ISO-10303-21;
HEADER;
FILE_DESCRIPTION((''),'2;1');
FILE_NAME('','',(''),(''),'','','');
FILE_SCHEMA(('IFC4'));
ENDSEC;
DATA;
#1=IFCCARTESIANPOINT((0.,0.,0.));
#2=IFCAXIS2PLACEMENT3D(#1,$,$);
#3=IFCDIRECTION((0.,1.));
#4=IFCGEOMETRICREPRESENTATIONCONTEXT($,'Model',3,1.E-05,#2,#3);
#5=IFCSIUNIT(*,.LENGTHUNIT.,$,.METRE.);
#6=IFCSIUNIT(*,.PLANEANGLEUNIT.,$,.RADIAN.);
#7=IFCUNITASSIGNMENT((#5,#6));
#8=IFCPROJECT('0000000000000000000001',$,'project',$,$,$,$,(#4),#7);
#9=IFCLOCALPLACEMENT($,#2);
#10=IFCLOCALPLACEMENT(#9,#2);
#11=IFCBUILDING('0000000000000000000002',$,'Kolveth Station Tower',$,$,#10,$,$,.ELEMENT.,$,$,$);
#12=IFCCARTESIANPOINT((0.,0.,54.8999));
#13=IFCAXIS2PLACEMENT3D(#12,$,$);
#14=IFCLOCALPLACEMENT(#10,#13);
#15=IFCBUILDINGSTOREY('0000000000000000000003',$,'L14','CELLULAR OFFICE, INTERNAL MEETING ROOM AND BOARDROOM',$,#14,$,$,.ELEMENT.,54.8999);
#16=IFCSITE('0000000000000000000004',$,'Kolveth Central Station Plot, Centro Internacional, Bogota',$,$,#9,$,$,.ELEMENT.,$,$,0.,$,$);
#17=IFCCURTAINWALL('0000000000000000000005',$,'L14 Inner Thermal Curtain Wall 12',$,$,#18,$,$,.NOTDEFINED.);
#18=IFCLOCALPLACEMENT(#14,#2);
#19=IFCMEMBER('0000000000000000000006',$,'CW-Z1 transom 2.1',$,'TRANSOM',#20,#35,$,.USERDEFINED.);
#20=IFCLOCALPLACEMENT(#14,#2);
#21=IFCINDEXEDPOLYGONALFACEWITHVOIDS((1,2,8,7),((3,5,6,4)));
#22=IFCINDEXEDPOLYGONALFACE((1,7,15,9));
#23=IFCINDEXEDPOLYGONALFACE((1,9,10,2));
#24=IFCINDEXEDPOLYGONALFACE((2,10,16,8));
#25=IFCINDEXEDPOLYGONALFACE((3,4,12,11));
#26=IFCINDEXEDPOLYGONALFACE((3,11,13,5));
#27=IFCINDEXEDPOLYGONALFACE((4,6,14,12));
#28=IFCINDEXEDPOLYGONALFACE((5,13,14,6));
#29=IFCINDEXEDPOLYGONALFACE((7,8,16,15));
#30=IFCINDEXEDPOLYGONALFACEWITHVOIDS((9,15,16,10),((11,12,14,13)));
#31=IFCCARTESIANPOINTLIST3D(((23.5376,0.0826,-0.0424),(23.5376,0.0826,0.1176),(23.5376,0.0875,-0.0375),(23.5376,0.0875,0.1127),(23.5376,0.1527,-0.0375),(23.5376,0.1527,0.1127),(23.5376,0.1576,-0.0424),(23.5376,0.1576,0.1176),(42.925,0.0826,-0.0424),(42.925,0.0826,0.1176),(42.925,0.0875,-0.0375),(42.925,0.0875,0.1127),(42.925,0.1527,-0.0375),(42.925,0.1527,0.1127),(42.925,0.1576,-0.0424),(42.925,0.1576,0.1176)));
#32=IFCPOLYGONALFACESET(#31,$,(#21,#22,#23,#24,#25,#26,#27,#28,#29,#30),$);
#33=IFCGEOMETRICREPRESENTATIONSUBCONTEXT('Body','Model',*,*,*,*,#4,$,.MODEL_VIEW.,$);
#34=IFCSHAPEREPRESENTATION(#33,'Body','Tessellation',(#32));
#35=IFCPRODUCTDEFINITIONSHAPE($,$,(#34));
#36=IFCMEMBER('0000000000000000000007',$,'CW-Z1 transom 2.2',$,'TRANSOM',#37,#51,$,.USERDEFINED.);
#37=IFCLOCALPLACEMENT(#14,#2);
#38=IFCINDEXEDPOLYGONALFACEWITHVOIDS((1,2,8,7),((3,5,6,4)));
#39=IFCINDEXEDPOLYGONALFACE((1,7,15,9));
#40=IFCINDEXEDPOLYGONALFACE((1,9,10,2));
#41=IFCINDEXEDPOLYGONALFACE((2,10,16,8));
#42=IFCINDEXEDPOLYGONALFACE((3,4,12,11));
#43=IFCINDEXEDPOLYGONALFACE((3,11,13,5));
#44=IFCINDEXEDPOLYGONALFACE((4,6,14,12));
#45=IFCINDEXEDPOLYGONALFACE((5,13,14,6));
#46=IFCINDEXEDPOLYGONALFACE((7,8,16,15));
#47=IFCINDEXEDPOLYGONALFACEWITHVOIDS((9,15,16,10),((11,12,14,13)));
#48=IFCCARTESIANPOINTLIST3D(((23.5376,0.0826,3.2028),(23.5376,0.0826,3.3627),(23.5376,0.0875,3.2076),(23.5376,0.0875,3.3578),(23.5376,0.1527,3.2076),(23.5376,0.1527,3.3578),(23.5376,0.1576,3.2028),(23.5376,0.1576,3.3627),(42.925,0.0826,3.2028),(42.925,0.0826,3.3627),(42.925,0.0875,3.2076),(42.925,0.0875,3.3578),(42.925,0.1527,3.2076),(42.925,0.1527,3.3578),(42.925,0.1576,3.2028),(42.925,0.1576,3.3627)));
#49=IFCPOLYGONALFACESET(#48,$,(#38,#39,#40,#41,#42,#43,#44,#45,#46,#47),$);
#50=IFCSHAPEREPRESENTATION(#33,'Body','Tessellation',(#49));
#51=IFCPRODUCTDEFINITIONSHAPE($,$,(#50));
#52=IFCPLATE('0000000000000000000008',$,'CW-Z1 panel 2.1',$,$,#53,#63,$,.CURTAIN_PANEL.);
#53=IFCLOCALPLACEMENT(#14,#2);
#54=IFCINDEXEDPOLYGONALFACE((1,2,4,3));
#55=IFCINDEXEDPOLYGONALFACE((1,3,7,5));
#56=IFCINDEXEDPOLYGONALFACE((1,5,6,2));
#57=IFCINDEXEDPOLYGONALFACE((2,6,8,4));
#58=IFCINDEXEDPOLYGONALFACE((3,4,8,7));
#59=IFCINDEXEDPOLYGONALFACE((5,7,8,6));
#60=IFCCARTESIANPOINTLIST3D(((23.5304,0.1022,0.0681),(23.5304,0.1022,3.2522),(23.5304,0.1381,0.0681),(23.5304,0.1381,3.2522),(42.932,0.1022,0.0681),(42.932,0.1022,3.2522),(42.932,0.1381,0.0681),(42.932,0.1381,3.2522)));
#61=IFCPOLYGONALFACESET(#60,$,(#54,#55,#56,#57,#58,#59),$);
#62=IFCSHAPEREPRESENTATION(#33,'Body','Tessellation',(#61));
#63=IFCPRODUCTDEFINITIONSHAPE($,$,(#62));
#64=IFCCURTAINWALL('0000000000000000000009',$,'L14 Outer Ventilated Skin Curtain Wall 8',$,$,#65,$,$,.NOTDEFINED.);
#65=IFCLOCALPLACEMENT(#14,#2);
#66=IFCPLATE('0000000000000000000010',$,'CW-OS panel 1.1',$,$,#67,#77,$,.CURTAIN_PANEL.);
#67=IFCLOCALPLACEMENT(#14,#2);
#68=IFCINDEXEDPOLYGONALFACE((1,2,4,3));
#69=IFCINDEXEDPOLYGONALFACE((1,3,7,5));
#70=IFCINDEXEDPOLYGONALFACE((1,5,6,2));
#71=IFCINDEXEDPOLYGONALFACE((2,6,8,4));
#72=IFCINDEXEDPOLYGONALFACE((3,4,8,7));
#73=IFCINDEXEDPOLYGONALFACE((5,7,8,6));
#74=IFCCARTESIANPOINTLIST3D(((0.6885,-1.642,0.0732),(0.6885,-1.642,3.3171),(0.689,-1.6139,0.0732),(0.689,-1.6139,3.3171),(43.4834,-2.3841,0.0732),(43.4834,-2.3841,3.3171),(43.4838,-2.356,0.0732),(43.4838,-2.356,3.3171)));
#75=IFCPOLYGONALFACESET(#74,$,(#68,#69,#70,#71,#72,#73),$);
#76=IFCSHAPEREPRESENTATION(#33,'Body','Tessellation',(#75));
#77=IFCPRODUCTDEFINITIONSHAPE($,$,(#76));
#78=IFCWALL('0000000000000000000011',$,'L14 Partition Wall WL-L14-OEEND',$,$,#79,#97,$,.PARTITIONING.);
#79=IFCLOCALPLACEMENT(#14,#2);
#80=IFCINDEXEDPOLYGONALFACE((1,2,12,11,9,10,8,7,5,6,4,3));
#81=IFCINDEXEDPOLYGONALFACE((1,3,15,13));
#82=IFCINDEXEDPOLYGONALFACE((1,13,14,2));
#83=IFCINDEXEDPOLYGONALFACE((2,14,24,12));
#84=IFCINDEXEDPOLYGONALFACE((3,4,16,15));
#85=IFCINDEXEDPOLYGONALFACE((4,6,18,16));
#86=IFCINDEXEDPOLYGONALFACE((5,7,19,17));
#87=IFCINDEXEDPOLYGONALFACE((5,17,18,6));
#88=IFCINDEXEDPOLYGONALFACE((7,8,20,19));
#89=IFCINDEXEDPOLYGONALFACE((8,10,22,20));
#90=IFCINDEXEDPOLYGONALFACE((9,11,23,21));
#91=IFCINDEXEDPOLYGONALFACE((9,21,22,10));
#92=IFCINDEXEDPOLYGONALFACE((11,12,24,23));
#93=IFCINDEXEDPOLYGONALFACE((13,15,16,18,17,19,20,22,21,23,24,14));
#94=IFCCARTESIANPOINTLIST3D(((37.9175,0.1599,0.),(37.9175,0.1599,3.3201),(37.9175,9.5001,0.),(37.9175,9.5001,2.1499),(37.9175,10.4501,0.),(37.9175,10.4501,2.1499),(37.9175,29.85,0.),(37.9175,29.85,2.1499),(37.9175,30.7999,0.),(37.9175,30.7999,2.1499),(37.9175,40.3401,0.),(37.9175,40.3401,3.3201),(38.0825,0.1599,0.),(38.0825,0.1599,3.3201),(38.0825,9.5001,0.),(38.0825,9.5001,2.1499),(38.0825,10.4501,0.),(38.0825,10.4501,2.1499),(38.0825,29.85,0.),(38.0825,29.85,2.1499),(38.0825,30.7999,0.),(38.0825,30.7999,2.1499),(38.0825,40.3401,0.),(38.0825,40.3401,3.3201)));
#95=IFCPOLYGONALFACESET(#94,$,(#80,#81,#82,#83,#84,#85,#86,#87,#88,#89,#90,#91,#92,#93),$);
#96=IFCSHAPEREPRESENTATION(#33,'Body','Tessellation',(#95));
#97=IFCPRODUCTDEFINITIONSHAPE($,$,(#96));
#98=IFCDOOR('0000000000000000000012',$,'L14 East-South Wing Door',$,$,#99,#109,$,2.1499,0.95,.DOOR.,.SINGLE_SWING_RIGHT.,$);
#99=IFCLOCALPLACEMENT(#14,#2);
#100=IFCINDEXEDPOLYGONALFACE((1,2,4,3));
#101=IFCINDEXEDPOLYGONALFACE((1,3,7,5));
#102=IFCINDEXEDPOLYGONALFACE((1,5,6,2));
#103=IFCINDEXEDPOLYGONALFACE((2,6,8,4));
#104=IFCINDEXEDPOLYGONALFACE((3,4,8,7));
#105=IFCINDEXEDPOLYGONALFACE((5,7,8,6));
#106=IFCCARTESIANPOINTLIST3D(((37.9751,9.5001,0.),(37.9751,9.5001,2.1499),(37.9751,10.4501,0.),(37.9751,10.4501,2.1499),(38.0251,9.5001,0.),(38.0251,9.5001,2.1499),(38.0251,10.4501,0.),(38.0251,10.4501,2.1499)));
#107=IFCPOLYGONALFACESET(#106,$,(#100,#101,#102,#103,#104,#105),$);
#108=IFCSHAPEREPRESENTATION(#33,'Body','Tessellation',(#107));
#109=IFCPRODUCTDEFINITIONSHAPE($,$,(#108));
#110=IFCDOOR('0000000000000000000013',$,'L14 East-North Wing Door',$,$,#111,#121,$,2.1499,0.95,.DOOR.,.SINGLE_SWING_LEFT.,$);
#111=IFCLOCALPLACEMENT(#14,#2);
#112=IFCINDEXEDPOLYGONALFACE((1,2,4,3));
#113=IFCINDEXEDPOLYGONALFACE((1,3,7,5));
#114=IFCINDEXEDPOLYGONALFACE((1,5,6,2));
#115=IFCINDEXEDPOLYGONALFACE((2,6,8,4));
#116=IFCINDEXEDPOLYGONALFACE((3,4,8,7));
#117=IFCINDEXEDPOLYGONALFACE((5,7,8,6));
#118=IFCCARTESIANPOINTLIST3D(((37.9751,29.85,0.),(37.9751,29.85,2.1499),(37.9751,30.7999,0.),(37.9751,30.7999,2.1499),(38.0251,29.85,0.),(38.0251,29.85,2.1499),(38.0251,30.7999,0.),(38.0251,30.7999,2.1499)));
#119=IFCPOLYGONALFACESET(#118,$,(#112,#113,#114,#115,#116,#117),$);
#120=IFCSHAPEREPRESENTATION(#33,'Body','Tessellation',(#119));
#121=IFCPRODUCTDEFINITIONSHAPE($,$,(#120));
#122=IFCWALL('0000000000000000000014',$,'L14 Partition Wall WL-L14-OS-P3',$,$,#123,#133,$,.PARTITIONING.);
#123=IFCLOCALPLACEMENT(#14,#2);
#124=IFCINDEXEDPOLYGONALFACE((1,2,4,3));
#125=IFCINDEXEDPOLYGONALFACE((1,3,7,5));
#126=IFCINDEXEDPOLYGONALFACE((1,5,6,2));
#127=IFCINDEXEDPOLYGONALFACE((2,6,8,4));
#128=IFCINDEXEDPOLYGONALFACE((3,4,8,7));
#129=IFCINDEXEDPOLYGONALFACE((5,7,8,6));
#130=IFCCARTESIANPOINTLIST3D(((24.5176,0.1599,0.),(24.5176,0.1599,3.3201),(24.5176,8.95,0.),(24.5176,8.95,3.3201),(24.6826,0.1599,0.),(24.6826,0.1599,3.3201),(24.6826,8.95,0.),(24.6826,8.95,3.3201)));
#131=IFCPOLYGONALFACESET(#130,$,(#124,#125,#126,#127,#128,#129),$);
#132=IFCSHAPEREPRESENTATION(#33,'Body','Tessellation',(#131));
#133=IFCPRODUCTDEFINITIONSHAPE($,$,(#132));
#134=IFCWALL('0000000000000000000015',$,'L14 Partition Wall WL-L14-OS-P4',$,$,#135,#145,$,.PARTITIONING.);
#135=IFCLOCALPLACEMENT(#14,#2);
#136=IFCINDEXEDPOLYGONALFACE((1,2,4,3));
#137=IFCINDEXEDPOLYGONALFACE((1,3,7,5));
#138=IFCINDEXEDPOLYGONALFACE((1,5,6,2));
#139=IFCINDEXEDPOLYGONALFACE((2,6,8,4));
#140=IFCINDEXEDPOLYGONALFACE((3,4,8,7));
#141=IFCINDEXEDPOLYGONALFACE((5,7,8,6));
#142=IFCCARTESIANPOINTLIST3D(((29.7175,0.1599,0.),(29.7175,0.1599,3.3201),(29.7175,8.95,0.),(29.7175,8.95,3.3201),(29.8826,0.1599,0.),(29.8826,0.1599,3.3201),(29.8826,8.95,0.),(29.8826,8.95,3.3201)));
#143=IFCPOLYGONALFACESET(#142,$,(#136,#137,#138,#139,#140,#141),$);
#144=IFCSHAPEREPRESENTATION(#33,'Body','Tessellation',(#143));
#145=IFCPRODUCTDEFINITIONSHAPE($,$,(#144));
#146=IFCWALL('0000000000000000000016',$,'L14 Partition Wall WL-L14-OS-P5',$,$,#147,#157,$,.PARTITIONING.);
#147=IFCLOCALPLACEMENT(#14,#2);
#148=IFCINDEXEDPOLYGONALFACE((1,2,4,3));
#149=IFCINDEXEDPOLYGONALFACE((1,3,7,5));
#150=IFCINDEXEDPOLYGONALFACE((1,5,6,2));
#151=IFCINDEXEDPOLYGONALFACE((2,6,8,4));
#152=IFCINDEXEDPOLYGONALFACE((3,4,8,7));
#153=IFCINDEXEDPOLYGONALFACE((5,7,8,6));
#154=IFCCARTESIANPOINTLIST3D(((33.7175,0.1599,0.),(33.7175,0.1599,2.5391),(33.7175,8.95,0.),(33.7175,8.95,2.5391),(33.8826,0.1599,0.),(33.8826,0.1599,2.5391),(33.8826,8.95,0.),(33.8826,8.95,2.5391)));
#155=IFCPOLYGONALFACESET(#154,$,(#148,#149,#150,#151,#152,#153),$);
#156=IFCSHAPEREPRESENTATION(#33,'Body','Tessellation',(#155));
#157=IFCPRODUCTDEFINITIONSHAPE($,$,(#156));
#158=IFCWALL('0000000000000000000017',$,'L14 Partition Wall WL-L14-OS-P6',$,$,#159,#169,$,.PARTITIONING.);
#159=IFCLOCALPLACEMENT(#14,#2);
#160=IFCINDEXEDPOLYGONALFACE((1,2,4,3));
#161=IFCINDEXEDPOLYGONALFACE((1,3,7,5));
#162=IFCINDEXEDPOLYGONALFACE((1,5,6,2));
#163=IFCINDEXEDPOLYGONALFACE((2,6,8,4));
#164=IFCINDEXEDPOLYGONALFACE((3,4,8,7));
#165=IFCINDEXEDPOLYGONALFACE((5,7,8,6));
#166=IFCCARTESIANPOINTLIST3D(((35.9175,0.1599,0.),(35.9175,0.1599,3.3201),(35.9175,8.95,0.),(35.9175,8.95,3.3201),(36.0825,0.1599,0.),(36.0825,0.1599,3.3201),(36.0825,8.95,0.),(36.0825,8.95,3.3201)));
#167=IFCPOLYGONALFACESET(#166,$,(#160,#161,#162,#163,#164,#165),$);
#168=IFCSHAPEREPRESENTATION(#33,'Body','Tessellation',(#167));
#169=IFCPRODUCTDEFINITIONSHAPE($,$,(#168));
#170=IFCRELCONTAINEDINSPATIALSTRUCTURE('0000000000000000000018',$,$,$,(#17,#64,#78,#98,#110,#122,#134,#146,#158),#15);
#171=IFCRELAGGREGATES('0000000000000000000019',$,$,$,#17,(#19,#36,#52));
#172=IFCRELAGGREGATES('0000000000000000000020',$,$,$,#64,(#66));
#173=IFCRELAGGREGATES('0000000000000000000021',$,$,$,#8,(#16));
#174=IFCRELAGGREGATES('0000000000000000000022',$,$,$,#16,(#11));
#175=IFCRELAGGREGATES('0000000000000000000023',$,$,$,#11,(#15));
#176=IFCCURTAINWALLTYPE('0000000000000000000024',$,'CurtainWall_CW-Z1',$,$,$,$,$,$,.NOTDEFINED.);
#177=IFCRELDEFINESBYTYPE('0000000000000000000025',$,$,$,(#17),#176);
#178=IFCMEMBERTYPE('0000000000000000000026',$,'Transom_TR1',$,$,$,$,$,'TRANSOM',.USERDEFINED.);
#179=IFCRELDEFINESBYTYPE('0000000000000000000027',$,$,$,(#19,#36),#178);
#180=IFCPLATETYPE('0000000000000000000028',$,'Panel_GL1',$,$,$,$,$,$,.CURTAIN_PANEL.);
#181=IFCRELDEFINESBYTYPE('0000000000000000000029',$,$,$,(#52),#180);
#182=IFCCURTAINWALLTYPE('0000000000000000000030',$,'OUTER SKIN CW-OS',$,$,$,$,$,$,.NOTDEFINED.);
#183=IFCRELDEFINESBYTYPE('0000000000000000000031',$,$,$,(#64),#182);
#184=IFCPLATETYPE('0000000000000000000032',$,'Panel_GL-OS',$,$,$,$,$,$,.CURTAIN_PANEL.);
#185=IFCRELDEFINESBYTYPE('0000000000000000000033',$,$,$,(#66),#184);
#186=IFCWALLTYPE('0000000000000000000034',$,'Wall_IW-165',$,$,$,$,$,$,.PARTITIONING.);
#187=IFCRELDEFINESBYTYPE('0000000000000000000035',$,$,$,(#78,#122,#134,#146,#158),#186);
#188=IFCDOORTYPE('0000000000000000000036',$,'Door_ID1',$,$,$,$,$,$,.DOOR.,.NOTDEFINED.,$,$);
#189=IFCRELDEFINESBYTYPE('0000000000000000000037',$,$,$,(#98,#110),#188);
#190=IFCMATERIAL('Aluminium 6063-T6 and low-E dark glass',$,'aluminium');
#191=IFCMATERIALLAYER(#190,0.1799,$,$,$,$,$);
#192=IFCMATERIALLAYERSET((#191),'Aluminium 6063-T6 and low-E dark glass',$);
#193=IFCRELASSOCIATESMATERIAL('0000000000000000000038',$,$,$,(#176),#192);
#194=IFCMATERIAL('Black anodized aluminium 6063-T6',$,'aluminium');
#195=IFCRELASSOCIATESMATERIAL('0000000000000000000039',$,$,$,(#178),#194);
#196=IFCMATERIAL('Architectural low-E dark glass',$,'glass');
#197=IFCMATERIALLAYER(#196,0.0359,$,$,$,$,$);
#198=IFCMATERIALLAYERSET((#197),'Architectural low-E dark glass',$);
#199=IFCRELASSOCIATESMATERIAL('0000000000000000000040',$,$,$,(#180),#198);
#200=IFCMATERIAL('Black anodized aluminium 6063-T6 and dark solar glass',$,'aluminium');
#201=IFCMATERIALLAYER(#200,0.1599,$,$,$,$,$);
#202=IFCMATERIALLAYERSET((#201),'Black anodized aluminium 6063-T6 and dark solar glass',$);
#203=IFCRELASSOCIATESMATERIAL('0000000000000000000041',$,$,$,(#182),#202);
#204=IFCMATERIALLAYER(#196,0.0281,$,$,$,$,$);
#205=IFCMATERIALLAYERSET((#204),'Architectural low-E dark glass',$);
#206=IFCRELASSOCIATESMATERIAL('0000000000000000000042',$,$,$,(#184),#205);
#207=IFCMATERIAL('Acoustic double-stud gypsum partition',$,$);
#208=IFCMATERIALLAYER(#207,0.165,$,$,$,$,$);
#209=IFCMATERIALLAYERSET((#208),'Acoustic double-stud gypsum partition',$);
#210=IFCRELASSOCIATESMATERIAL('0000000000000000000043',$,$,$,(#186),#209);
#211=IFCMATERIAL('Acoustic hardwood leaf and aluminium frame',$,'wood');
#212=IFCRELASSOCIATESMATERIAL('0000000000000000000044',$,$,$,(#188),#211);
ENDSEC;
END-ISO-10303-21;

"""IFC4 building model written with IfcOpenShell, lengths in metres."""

from ifc_helpers import new_model, si_unit, direction, frame, frame_2d, origin, origin_2d, place, context, subcontext, project, spatial, rectangle, hollow_rectangle, extrude, source, transform, mapped, material, layer, layer_set, material_profile, profile_set, type_object, element, fill, aggregate, save


model = new_model("IFC4")

# Units and contexts
model_context = context("Model", 3, precision=1e-05, world=origin(), true_north=direction((0.0, 1.0)))
body_context = subcontext(model_context, "Body", "Model", "MODEL_VIEW")
ifc_project = project(units=[si_unit("LENGTHUNIT", "METRE"), si_unit("PLANEANGLEUNIT", "RADIAN")], contexts=[model_context])

# Site, building, storey
site_placement = place(None, origin())
site = spatial("IfcSite", under=ifc_project, at=site_placement, Name="Kolveth Central Station Plot, Centro Internacional, Bogota", CompositionType="ELEMENT", RefElevation=0.0)
building_placement = place(site_placement, origin())
building = spatial("IfcBuilding", under=site, at=building_placement, Name="Kolveth Station Tower", CompositionType="ELEMENT")
storey_placement = place(building_placement, frame((0.0, 0.0, 54.8999)))
storey = spatial("IfcBuildingStorey", under=building, at=storey_placement, Name="L14", Description="CELLULAR OFFICE, INTERNAL MEETING ROOM AND BOARDROOM", CompositionType="ELEMENT", Elevation=54.8999)

# Curtain wall, members, plate
ifc_material_1 = material(Name="Aluminium 6063-T6 and low-E dark glass", Category="aluminium")
ifc_layer_1 = layer(ifc_material_1, 0.1799)
ifc_layer_set_1 = layer_set([ifc_layer_1], Name="Aluminium 6063-T6 and low-E dark glass")
curtain_wall_type_1 = type_object("IfcCurtainWallType", Name="CurtainWall_CW-Z1", PredefinedType="NOTDEFINED", material=ifc_layer_set_1)
curtain_wall_1_placement = place(storey_placement, origin())
curtain_wall_1 = element("IfcCurtainWall", 1, at=curtain_wall_1_placement, inside=storey, type_object=curtain_wall_type_1, Name="L14 Inner Thermal Curtain Wall 12", PredefinedType="NOTDEFINED")
ifc_material_2 = material(Name="Black anodized aluminium 6063-T6", Category="aluminium")
ifc_material_profile_1 = material_profile(ifc_material_2, hollow_rectangle(XDim=0.075, YDim=0.1599, WallThickness=0.0049, at=origin_2d()), Name="ALU-75x160x5")
ifc_profile_set_1 = profile_set([ifc_material_profile_1], Name="Black anodized aluminium 6063-T6")
member_type_1 = type_object("IfcMemberType", Name="Transom_TR1", ElementType="TRANSOM", PredefinedType="USERDEFINED", material=ifc_profile_set_1)
shared_shape_1 = source(origin(), body_context, "Body", "SweptSolid", [
    extrude(hollow_rectangle(XDim=0.075, YDim=0.1599, WallThickness=0.0049, at=origin_2d()), origin(), (0.0, 0.0, 1.0), 19.3875),
])
member_1_placement = place(storey_placement, frame((23.5376, 0.1201, 0.0376), z_axis=(1.0, 0.0, 0.0), x_axis=(0.0, 1.0, 0.0)))
member_1 = element("IfcMember", 2, at=member_1_placement, type_object=member_type_1, Name="CW-Z1 transom 2.1", ObjectType="TRANSOM", PredefinedType="USERDEFINED", context=body_context, shape_type="MappedRepresentation", body=[
    mapped(shared_shape_1, transform((0.0, 0.0, 0.0), x_axis=(1.0, 0.0, 0.0), y_axis=(0.0, 1.0, 0.0), z_axis=(0.0, 0.0, 1.0), scale=1.0)),
])
member_2_placement = place(storey_placement, frame((23.5376, 0.1201, 3.2827), z_axis=(1.0, 0.0, 0.0), x_axis=(0.0, 1.0, 0.0)))
member_2 = element("IfcMember", 3, at=member_2_placement, type_object=member_type_1, Name="CW-Z1 transom 2.2", ObjectType="TRANSOM", PredefinedType="USERDEFINED", context=body_context, shape_type="MappedRepresentation", body=[
    mapped(shared_shape_1, transform((0.0, 0.0, 0.0), x_axis=(1.0, 0.0, 0.0), y_axis=(0.0, 1.0, 0.0), z_axis=(0.0, 0.0, 1.0), scale=1.0)),
])
ifc_material_3 = material(Name="Architectural low-E dark glass", Category="glass")
ifc_layer_2 = layer(ifc_material_3, 0.0359)
ifc_layer_set_2 = layer_set([ifc_layer_2], Name="Architectural low-E dark glass")
plate_type_1 = type_object("IfcPlateType", Name="Panel_GL1", PredefinedType="CURTAIN_PANEL", material=ifc_layer_set_2)
shared_shape_2 = source(origin(), body_context, "Body", "SweptSolid", [
    extrude(rectangle(XDim=19.4016, YDim=0.0359, at=origin_2d()), origin(), (0.0, 0.0, 1.0), 3.1841),
])
plate_1_placement = place(storey_placement, frame((33.2312, 0.1201, 0.0681), z_axis=(0.0, 0.0, 1.0), x_axis=(1.0, 0.0, 0.0)))
plate_1 = element("IfcPlate", 4, at=plate_1_placement, type_object=plate_type_1, Name="CW-Z1 panel 2.1", PredefinedType="CURTAIN_PANEL", context=body_context, shape_type="MappedRepresentation", body=[
    mapped(shared_shape_2, transform((0.0, 0.0, 0.0), x_axis=(1.0, 0.0, 0.0), y_axis=(0.0, 1.0, 0.0), z_axis=(0.0, 0.0, 1.0), scale=1.0)),
])
aggregate(curtain_wall_1, [member_1, member_2, plate_1])

# Curtain wall, plate
ifc_material_4 = material(Name="Black anodized aluminium 6063-T6 and dark solar glass", Category="aluminium")
ifc_layer_3 = layer(ifc_material_4, 0.1599)
ifc_layer_set_3 = layer_set([ifc_layer_3], Name="Black anodized aluminium 6063-T6 and dark solar glass")
curtain_wall_type_2 = type_object("IfcCurtainWallType", Name="OUTER SKIN CW-OS", PredefinedType="NOTDEFINED", material=ifc_layer_set_3)
curtain_wall_2_placement = place(storey_placement, origin())
curtain_wall_2 = element("IfcCurtainWall", 5, at=curtain_wall_2_placement, inside=storey, type_object=curtain_wall_type_2, Name="L14 Outer Ventilated Skin Curtain Wall 8", PredefinedType="NOTDEFINED")
ifc_layer_4 = layer(ifc_material_3, 0.0281)
ifc_layer_set_4 = layer_set([ifc_layer_4], Name="Architectural low-E dark glass")
plate_type_2 = type_object("IfcPlateType", Name="Panel_GL-OS", PredefinedType="CURTAIN_PANEL", material=ifc_layer_set_4)
shared_shape_3 = source(origin(), body_context, "Body", "SweptSolid", [
    extrude(rectangle(XDim=42.8013, YDim=0.0281, at=origin_2d()), origin(), (0.0, 0.0, 1.0), 3.2439),
])
plate_2_placement = place(storey_placement, frame((22.0862, -1.999, 0.0732), z_axis=(0.0, 0.0, 1.0), x_axis=(0.99985, -0.017339, 0.0)))
plate_2 = element("IfcPlate", 6, at=plate_2_placement, type_object=plate_type_2, Name="CW-OS panel 1.1", PredefinedType="CURTAIN_PANEL", context=body_context, shape_type="MappedRepresentation", body=[
    mapped(shared_shape_3, transform((0.0, 0.0, 0.0), x_axis=(1.0, 0.0, 0.0), y_axis=(0.0, 1.0, 0.0), z_axis=(0.0, 0.0, 1.0), scale=1.0)),
])
aggregate(curtain_wall_2, [plate_2])

# Wall, openings, doors
ifc_material_5 = material(Name="Acoustic double-stud gypsum partition")
ifc_layer_5 = layer(ifc_material_5, 0.165)
ifc_layer_set_5 = layer_set([ifc_layer_5], Name="Acoustic double-stud gypsum partition")
wall_type = type_object("IfcWallType", Name="Wall_IW-165", PredefinedType="PARTITIONING", material=ifc_layer_set_5)
wall_1_placement = place(storey_placement, frame((38.0, 0.1599, 0.0), z_axis=(0.0, 0.0, 1.0), x_axis=(0.0, 1.0, 0.0)))
wall_1 = element("IfcWall", 7, at=wall_1_placement, inside=storey, type_object=wall_type, Name="L14 Partition Wall WL-L14-OEEND", PredefinedType="PARTITIONING", context=body_context, shape_type="SweptSolid", body=[
    extrude(rectangle(XDim=40.1802, YDim=0.165, at=frame_2d((20.0901, 0.0))), origin(), (0.0, 0.0, 1.0), 3.3201),
])
opening_1_placement = place(wall_1_placement, frame((9.3401, 0.0, 0.0)))
opening_1 = element("IfcOpeningElement", 8, at=opening_1_placement, cuts=wall_1, PredefinedType="OPENING", context=body_context, shape_type="SweptSolid", body=[
    extrude(rectangle(XDim=0.95, YDim=2.1499, at=frame_2d((0.4751, 1.075))), frame((0.0, 0.0925, 0.0), z_axis=(0.0, -1.0, 0.0), x_axis=(1.0, 0.0, 0.0)), (0.0, 0.0, 1.0), 0.1851),
])
opening_2_placement = place(wall_1_placement, frame((29.6899, 0.0, 0.0)))
opening_2 = element("IfcOpeningElement", 9, at=opening_2_placement, cuts=wall_1, PredefinedType="OPENING", context=body_context, shape_type="SweptSolid", body=[
    extrude(rectangle(XDim=0.95, YDim=2.1499, at=frame_2d((0.4751, 1.075))), frame((0.0, 0.0925, 0.0), z_axis=(0.0, -1.0, 0.0), x_axis=(1.0, 0.0, 0.0)), (0.0, 0.0, 1.0), 0.1851),
])
ifc_material_6 = material(Name="Acoustic hardwood leaf and aluminium frame", Category="wood")
door_type = type_object("IfcDoorType", Name="Door_ID1", OperationType="NOTDEFINED", PredefinedType="DOOR", material=ifc_material_6)
door_1_placement = place(opening_1_placement, origin())
door_1 = element("IfcDoor", 10, at=door_1_placement, inside=storey, type_object=door_type, Name="L14 East-South Wing Door", OperationType="SINGLE_SWING_RIGHT", OverallHeight=2.1499, OverallWidth=0.95, PredefinedType="DOOR", context=body_context, shape_type="SweptSolid", body=[
    extrude(rectangle(XDim=0.95, YDim=2.1499, at=frame_2d((0.4751, 1.075))), frame((0.0, 0.0249, 0.0), z_axis=(0.0, -1.0, 0.0), x_axis=(1.0, 0.0, 0.0)), (0.0, 0.0, 1.0), 0.05),
])
fill(opening_1, door_1)
door_2_placement = place(opening_2_placement, origin())
door_2 = element("IfcDoor", 11, at=door_2_placement, inside=storey, type_object=door_type, Name="L14 East-North Wing Door", OperationType="SINGLE_SWING_LEFT", OverallHeight=2.1499, OverallWidth=0.95, PredefinedType="DOOR", context=body_context, shape_type="SweptSolid", body=[
    extrude(rectangle(XDim=0.95, YDim=2.1499, at=frame_2d((0.4751, 1.075))), frame((0.0, 0.0249, 0.0), z_axis=(0.0, -1.0, 0.0), x_axis=(1.0, 0.0, 0.0)), (0.0, 0.0, 1.0), 0.05),
])
fill(opening_2, door_2)

# Walls
for number, where, z_axis, x_axis, name in (
    (12, (24.6001, 0.1599, 0.0), (0.0, 0.0, 1.0), (0.0, 1.0, 0.0), "L14 Partition Wall WL-L14-OS-P3"),
    (13, (29.8, 0.1599, 0.0), (0.0, 0.0, 1.0), (0.0, 1.0, 0.0), "L14 Partition Wall WL-L14-OS-P4"),
):
    element("IfcWall", number, at=place(storey_placement, frame(where, z_axis=z_axis, x_axis=x_axis)), inside=storey, type_object=wall_type, Name=name, PredefinedType="PARTITIONING", context=body_context, shape_type="SweptSolid", body=[
        extrude(rectangle(XDim=8.79, YDim=0.165, at=frame_2d((4.395, 0.0))), origin(), (0.0, 0.0, 1.0), 3.3201),
    ])
wall_2_placement = place(storey_placement, frame((33.8, 0.1599, 0.0), z_axis=(0.0, 0.0, 1.0), x_axis=(0.0, 1.0, 0.0)))
element("IfcWall", 14, at=wall_2_placement, inside=storey, type_object=wall_type, Name="L14 Partition Wall WL-L14-OS-P5", PredefinedType="PARTITIONING", context=body_context, shape_type="SweptSolid", body=[
    extrude(rectangle(XDim=8.79, YDim=0.165, at=frame_2d((4.395, 0.0))), origin(), (0.0, 0.0, 1.0), 2.5391),
])
wall_3_placement = place(storey_placement, frame((36.0, 0.1599, 0.0), z_axis=(0.0, 0.0, 1.0), x_axis=(0.0, 1.0, 0.0)))
element("IfcWall", 15, at=wall_3_placement, inside=storey, type_object=wall_type, Name="L14 Partition Wall WL-L14-OS-P6", PredefinedType="PARTITIONING", context=body_context, shape_type="SweptSolid", body=[
    extrude(rectangle(XDim=8.79, YDim=0.165, at=frame_2d((4.395, 0.0))), origin(), (0.0, 0.0, 1.0), 3.3201),
])

save(model, "model.ifc")
